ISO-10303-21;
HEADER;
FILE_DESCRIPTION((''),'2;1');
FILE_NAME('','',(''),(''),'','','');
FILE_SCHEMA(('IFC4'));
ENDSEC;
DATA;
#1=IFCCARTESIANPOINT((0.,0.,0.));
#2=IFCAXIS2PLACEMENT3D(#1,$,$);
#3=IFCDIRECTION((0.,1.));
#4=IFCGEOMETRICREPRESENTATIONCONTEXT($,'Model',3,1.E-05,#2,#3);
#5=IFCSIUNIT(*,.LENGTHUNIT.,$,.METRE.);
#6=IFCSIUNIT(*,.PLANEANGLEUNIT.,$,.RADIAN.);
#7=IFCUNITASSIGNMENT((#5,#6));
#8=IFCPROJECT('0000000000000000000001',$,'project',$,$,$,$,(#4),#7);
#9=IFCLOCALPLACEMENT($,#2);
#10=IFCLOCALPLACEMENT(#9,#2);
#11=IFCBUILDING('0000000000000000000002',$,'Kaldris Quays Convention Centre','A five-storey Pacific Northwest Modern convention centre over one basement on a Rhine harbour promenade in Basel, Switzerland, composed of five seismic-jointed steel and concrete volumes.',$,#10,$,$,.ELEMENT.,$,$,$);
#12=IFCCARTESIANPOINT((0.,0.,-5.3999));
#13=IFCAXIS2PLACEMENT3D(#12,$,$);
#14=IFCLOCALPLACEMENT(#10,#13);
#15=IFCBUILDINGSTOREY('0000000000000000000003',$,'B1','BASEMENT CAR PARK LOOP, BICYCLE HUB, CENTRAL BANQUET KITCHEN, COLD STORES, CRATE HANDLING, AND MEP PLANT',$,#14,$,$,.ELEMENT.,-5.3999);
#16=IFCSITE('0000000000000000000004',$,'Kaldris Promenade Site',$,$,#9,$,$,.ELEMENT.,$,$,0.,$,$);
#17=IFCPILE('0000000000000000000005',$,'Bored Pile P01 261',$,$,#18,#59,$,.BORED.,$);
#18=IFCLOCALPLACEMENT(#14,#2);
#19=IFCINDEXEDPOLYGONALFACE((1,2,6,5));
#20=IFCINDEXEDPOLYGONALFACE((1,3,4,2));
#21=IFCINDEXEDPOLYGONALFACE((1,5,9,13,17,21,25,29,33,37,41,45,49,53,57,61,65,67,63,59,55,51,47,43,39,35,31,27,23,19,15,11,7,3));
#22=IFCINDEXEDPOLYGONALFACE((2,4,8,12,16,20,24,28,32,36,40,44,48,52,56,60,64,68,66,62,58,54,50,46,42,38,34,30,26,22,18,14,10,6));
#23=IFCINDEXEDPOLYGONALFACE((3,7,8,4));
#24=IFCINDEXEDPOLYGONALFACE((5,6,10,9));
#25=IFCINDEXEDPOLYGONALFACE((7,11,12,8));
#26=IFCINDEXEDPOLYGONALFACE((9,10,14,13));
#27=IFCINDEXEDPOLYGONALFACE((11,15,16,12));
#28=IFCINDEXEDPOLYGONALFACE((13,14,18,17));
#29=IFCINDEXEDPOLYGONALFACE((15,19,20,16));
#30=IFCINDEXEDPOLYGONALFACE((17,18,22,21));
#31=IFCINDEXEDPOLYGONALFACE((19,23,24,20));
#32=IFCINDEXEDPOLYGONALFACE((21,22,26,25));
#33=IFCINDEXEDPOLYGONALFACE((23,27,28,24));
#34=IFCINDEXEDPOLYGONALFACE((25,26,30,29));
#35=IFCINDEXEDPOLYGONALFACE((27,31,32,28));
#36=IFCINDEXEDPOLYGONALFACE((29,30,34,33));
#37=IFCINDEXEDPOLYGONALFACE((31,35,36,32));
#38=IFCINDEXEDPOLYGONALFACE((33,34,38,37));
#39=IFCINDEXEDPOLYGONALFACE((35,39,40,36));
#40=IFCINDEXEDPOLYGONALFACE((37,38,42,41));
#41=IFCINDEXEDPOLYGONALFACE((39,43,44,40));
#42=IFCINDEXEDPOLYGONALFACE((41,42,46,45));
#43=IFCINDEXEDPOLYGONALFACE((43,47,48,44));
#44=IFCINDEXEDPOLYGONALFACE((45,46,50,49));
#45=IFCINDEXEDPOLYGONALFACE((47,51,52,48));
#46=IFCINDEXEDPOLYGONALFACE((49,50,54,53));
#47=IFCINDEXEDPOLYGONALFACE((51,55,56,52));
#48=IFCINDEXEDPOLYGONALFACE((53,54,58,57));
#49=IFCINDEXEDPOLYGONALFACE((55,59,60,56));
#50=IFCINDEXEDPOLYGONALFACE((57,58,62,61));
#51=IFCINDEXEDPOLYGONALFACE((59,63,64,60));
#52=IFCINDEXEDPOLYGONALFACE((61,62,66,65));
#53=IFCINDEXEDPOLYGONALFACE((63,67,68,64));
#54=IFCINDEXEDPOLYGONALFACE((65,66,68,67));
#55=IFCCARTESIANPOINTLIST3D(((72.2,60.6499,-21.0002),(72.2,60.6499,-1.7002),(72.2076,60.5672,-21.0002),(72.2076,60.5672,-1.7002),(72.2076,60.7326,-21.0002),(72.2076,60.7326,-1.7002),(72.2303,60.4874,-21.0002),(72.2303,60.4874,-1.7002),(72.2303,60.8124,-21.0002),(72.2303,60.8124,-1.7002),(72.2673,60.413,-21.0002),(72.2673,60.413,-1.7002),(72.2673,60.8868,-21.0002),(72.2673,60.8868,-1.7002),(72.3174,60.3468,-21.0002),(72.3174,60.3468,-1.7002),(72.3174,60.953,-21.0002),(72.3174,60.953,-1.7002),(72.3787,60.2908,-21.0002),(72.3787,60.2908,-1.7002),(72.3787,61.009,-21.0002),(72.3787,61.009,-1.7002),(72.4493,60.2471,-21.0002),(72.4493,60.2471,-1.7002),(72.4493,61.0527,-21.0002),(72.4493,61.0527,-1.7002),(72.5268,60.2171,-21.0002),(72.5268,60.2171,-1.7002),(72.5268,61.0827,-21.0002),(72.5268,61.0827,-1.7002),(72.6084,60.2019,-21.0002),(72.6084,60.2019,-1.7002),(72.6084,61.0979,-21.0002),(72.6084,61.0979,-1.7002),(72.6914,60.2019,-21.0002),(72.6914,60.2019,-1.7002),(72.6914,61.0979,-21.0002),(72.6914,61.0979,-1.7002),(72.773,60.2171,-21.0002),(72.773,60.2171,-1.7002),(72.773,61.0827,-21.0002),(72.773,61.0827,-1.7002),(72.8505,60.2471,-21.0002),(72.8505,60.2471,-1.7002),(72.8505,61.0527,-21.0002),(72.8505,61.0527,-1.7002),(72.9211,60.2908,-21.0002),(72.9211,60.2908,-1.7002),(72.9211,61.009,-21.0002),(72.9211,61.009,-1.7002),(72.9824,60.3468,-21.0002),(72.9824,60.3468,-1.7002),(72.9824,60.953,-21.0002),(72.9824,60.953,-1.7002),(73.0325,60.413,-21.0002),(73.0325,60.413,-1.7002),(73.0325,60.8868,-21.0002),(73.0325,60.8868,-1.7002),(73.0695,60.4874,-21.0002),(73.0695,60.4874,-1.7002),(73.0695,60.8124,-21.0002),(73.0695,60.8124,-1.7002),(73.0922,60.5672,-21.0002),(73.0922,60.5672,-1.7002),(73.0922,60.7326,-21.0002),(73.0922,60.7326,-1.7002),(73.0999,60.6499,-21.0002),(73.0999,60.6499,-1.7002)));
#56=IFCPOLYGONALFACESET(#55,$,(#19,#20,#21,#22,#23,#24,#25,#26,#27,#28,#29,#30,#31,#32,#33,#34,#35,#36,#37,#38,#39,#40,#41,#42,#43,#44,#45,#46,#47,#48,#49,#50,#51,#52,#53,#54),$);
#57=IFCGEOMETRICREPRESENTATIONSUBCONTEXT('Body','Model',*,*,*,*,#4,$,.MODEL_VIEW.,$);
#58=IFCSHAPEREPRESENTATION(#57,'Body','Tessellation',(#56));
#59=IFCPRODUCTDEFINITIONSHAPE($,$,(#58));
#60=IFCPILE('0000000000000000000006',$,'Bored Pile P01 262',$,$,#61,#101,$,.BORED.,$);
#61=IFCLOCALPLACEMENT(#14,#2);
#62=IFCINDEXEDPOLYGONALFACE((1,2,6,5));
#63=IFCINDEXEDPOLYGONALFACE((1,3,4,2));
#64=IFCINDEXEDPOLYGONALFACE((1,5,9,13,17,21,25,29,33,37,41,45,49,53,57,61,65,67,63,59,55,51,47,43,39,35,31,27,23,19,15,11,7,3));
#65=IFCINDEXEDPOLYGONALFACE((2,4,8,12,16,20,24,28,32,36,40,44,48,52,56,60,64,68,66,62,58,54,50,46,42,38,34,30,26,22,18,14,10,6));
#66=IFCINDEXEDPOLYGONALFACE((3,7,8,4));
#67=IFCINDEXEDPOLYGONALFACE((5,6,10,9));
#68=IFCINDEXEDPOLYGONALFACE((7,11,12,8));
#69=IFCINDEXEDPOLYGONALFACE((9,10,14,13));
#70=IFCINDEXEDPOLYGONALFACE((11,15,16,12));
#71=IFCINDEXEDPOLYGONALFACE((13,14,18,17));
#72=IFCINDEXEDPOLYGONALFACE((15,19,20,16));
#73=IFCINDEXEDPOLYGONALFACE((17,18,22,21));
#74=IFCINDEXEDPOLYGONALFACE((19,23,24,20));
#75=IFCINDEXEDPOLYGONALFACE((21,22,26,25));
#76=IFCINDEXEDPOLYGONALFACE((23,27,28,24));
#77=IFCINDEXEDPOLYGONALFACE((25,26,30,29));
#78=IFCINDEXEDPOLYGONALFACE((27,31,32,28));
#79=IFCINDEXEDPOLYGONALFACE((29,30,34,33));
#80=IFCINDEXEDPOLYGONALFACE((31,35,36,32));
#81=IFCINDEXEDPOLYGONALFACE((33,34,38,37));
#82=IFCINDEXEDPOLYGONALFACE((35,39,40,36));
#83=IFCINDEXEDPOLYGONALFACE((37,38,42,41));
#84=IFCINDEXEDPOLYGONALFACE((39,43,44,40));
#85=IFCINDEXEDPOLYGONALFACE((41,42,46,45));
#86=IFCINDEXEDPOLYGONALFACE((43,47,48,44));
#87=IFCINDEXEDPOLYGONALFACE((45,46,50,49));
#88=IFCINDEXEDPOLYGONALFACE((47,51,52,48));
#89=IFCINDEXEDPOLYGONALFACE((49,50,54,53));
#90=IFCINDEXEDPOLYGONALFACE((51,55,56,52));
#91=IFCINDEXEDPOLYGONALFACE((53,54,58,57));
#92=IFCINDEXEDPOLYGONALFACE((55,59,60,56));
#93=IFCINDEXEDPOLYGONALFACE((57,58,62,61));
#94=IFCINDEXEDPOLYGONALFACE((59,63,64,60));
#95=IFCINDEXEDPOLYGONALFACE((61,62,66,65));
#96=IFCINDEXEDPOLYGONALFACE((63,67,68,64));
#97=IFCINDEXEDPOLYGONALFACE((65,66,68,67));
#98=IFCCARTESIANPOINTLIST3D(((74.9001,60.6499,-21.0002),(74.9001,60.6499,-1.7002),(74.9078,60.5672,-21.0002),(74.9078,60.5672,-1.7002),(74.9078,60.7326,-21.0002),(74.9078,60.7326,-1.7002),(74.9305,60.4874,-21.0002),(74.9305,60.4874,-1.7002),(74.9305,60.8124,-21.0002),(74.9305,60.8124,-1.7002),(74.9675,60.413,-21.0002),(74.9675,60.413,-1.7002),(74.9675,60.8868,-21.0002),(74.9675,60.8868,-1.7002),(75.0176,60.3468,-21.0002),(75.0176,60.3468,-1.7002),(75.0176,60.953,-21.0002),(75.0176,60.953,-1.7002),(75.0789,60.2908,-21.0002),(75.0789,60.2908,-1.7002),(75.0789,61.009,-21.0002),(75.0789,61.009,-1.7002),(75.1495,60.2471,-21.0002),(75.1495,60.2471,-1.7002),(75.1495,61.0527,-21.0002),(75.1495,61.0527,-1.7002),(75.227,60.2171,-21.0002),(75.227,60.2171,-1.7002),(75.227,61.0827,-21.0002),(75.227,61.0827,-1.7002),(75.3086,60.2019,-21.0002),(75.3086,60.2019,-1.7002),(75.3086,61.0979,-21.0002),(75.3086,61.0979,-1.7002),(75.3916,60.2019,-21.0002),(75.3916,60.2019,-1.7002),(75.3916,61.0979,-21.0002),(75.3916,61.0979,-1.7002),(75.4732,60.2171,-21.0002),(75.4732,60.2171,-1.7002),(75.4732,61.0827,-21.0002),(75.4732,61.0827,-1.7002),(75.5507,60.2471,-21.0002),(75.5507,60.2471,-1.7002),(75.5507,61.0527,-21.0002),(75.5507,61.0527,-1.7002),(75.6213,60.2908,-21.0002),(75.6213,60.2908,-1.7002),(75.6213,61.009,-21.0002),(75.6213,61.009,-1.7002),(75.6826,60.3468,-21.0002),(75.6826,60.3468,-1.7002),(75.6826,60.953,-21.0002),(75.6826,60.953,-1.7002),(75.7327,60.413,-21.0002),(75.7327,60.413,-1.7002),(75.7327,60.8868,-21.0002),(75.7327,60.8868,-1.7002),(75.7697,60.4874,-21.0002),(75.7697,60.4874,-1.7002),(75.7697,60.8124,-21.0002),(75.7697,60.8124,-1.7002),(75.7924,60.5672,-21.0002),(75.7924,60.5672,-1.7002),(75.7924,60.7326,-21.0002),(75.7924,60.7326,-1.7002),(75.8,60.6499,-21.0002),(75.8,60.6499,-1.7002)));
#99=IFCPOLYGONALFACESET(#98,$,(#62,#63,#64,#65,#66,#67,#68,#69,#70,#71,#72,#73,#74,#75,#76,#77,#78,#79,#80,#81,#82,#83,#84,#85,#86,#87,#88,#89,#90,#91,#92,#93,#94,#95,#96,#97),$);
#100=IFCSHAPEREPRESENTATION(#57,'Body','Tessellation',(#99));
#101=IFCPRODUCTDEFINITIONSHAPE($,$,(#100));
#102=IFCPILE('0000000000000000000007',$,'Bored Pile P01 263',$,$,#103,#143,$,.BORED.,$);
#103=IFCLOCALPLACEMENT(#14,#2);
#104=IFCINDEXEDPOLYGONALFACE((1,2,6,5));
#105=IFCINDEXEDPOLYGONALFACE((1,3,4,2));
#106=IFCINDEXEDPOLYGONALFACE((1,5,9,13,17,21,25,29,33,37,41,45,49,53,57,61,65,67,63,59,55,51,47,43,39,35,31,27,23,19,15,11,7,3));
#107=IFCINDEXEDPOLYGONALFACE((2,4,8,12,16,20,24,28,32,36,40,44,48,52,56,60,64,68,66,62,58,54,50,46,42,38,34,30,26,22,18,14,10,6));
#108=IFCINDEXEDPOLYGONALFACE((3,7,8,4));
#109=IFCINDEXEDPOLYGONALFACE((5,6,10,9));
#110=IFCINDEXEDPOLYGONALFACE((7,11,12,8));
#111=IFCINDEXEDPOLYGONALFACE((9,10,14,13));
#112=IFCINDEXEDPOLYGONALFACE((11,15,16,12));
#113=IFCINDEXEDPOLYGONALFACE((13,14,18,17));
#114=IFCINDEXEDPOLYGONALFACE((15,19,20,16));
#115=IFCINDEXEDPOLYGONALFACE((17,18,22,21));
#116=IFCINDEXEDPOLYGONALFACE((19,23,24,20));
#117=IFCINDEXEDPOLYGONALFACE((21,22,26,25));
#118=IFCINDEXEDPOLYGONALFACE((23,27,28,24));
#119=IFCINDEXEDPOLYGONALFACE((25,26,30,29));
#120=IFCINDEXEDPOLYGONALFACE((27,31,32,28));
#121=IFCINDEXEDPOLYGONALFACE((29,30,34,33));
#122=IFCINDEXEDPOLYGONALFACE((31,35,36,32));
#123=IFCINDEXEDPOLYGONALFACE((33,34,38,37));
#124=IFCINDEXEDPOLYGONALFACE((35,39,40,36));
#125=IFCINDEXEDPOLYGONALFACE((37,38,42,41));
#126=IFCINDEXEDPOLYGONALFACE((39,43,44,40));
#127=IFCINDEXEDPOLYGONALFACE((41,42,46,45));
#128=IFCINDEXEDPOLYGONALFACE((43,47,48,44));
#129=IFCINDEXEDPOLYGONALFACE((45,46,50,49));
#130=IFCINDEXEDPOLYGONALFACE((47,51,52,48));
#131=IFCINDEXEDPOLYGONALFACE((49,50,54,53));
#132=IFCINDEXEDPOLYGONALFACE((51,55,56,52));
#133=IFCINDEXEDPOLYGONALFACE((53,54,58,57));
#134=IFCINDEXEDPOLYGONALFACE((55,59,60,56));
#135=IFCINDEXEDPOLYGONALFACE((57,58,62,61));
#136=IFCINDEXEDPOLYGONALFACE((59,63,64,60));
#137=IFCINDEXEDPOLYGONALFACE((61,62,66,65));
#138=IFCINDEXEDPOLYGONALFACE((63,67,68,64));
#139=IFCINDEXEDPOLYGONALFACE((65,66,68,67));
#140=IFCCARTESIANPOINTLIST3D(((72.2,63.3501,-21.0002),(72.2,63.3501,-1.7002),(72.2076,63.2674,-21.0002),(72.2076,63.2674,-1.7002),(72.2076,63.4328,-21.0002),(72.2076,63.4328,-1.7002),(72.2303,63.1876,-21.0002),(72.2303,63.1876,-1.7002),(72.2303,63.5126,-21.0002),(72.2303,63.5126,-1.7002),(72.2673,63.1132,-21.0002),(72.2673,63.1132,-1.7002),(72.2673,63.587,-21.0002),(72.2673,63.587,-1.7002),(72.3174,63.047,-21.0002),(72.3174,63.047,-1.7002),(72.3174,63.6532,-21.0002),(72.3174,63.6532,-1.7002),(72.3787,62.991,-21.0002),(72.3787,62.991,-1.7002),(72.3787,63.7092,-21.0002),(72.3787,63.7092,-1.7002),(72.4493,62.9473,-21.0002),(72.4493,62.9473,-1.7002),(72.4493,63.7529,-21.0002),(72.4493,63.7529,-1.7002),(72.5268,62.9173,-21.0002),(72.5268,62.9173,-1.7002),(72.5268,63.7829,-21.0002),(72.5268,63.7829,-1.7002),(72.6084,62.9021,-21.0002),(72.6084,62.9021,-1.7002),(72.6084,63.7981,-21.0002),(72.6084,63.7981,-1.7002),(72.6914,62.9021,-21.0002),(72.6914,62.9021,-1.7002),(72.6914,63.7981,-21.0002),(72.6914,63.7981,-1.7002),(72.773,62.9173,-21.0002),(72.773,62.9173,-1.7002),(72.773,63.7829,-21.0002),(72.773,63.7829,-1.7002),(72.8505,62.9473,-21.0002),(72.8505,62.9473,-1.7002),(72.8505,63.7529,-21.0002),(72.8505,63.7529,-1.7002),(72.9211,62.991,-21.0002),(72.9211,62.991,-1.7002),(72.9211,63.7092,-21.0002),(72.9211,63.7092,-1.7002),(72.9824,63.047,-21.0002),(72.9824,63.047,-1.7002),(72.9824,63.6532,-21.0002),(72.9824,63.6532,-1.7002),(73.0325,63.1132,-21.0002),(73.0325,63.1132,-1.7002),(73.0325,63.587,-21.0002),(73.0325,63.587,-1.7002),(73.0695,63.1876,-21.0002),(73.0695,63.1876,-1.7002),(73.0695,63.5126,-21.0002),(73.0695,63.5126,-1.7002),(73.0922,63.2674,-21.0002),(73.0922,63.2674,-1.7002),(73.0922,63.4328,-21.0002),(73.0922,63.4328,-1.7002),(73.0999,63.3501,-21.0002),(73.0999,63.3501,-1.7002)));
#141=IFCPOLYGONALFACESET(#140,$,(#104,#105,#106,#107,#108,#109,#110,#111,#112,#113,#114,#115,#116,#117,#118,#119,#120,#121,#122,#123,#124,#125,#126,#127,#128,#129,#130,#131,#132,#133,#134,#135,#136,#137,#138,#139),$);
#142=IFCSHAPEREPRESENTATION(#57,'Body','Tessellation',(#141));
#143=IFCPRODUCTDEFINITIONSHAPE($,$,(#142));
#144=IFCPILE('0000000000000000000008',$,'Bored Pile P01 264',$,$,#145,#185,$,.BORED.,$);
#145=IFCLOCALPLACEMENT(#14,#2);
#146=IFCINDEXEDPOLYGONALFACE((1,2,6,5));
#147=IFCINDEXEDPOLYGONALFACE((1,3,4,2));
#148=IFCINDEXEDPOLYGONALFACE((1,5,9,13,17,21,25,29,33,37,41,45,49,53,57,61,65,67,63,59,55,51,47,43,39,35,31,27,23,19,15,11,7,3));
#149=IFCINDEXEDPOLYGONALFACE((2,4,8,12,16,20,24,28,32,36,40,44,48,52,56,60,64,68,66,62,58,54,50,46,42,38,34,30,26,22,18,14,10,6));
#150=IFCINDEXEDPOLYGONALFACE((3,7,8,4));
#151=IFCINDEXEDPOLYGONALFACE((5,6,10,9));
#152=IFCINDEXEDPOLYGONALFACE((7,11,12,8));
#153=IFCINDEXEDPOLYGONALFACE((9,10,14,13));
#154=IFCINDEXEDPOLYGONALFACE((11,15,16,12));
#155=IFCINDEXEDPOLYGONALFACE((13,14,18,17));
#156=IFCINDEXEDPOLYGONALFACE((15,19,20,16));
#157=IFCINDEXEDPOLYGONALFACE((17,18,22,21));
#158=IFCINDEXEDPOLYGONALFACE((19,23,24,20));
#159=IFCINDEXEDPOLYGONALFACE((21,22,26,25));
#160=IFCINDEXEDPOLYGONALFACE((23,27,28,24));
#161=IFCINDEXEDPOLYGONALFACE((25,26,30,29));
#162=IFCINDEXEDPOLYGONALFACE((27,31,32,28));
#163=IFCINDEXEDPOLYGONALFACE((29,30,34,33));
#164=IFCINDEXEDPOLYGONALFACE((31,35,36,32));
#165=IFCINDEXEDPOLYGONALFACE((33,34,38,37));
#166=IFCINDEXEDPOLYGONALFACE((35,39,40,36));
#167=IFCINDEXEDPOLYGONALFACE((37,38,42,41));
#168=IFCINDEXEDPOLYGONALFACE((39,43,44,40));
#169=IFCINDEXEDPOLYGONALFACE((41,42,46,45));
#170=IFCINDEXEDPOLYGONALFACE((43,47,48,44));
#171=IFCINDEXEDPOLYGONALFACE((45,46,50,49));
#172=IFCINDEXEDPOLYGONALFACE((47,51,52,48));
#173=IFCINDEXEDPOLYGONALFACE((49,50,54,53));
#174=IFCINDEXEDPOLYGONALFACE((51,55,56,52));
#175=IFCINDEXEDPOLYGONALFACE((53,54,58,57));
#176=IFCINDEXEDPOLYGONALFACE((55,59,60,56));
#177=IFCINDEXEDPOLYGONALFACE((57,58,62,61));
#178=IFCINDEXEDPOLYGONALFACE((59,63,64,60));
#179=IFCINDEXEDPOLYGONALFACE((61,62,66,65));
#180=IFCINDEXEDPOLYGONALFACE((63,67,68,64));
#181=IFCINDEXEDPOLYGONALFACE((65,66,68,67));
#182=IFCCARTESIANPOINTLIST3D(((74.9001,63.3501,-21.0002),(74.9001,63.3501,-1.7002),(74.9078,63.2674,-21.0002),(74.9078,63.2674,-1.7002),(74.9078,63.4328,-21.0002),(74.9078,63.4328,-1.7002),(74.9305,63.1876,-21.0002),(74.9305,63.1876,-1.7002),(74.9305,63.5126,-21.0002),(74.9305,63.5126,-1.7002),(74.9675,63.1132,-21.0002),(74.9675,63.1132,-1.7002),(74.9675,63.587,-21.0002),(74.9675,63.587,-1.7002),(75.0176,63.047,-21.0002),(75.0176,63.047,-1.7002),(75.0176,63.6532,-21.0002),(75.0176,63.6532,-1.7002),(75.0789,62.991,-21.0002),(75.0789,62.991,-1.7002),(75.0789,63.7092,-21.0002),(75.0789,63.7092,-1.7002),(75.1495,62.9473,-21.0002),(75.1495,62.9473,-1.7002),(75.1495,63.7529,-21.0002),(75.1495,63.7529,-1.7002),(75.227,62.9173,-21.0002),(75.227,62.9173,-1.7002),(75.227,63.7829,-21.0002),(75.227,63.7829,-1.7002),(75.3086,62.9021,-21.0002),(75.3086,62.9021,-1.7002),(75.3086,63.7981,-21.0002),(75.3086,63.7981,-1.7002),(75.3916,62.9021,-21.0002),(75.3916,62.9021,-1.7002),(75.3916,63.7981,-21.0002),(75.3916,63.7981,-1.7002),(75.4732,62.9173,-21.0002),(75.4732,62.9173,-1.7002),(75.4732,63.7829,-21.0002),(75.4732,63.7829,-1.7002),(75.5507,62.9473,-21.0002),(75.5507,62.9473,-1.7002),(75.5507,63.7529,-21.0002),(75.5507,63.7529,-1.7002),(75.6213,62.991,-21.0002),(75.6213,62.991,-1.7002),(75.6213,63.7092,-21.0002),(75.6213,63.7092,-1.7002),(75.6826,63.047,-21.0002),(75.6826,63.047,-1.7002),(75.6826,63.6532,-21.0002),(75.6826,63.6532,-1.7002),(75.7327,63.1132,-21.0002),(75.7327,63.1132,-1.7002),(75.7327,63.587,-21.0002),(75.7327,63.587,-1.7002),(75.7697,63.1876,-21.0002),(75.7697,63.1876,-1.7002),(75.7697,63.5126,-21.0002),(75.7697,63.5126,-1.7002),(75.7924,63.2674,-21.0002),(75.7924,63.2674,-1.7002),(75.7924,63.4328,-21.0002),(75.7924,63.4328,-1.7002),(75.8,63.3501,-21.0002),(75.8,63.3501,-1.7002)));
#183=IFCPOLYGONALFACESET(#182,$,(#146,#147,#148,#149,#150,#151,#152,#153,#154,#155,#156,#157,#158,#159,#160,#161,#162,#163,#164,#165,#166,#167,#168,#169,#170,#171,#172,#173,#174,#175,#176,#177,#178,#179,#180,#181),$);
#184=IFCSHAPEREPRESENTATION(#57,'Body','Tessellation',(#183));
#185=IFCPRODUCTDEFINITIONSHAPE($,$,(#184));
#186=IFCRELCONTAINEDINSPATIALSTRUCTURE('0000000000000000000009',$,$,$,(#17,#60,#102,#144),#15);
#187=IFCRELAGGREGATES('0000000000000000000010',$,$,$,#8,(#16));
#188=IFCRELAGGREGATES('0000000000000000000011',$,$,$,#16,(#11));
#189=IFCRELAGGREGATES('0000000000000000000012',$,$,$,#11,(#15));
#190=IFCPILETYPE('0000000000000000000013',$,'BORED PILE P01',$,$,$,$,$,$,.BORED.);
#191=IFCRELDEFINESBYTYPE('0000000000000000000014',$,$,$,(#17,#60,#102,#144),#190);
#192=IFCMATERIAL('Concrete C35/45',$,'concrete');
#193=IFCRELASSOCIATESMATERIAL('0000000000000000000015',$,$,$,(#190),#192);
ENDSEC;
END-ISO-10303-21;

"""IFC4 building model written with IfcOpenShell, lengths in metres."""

from ifc_helpers import new_model, si_unit, direction, frame, origin, origin_2d, place, context, subcontext, project, spatial, circle, extrude, material, material_profile, profile_set, type_object, element, save


model = new_model("IFC4")

# Units and contexts
model_context = context("Model", 3, precision=1e-05, world=origin(), true_north=direction((0.0, 1.0)))
body_context = subcontext(model_context, "Body", "Model", "MODEL_VIEW")
ifc_project = project(units=[si_unit("LENGTHUNIT", "METRE"), si_unit("PLANEANGLEUNIT", "RADIAN")], contexts=[model_context])

# Site, building, storey
site_placement = place(None, origin())
site = spatial("IfcSite", under=ifc_project, at=site_placement, Name="Kaldris Promenade Site", CompositionType="ELEMENT", RefElevation=0.0)
building_placement = place(site_placement, origin())
building = spatial("IfcBuilding", under=site, at=building_placement, Name="Kaldris Quays Convention Centre", Description="A five-storey Pacific Northwest Modern convention centre over one basement on a Rhine harbour promenade in Basel, Switzerland, composed of five seismic-jointed steel and concrete volumes.", CompositionType="ELEMENT")
storey_placement = place(building_placement, frame((0.0, 0.0, -5.3999)))
storey = spatial("IfcBuildingStorey", under=building, at=storey_placement, Name="B1", Description="BASEMENT CAR PARK LOOP, BICYCLE HUB, CENTRAL BANQUET KITCHEN, COLD STORES, CRATE HANDLING, AND MEP PLANT", CompositionType="ELEMENT", Elevation=-5.3999)

# Piles
ifc_material_1 = material(Name="Concrete C35/45", Category="concrete")
ifc_material_profile_1 = material_profile(ifc_material_1, circle(Radius=0.45, at=origin_2d()), Name="BORED PILE D900")
ifc_profile_set_1 = profile_set([ifc_material_profile_1], Name="Concrete C35/45")
pile_type_1 = type_object("IfcPileType", Name="BORED PILE P01", PredefinedType="BORED", material=ifc_profile_set_1)
for number, where, z_axis, x_axis, name in (
    (1, (72.6499, 60.6499, -1.7002), (0.0, 0.0, -1.0), (1.0, 0.0, 0.0), "Bored Pile P01 261"),
    (2, (75.3501, 60.6499, -1.7002), (0.0, 0.0, -1.0), (1.0, 0.0, 0.0), "Bored Pile P01 262"),
    (3, (72.6499, 63.3501, -1.7002), (0.0, 0.0, -1.0), (1.0, 0.0, 0.0), "Bored Pile P01 263"),
    (4, (75.3501, 63.3501, -1.7002), (0.0, 0.0, -1.0), (1.0, 0.0, 0.0), "Bored Pile P01 264"),
):
    element("IfcPile", number, at=place(storey_placement, frame(where, z_axis=z_axis, x_axis=x_axis)), inside=storey, type_object=pile_type_1, Name=name, PredefinedType="BORED", context=body_context, shape_type="SweptSolid", body=[
        extrude(circle(Radius=0.45, at=origin_2d()), origin(), (0.0, 0.0, 1.0), 19.3),
    ])

save(model, "model.ifc")
